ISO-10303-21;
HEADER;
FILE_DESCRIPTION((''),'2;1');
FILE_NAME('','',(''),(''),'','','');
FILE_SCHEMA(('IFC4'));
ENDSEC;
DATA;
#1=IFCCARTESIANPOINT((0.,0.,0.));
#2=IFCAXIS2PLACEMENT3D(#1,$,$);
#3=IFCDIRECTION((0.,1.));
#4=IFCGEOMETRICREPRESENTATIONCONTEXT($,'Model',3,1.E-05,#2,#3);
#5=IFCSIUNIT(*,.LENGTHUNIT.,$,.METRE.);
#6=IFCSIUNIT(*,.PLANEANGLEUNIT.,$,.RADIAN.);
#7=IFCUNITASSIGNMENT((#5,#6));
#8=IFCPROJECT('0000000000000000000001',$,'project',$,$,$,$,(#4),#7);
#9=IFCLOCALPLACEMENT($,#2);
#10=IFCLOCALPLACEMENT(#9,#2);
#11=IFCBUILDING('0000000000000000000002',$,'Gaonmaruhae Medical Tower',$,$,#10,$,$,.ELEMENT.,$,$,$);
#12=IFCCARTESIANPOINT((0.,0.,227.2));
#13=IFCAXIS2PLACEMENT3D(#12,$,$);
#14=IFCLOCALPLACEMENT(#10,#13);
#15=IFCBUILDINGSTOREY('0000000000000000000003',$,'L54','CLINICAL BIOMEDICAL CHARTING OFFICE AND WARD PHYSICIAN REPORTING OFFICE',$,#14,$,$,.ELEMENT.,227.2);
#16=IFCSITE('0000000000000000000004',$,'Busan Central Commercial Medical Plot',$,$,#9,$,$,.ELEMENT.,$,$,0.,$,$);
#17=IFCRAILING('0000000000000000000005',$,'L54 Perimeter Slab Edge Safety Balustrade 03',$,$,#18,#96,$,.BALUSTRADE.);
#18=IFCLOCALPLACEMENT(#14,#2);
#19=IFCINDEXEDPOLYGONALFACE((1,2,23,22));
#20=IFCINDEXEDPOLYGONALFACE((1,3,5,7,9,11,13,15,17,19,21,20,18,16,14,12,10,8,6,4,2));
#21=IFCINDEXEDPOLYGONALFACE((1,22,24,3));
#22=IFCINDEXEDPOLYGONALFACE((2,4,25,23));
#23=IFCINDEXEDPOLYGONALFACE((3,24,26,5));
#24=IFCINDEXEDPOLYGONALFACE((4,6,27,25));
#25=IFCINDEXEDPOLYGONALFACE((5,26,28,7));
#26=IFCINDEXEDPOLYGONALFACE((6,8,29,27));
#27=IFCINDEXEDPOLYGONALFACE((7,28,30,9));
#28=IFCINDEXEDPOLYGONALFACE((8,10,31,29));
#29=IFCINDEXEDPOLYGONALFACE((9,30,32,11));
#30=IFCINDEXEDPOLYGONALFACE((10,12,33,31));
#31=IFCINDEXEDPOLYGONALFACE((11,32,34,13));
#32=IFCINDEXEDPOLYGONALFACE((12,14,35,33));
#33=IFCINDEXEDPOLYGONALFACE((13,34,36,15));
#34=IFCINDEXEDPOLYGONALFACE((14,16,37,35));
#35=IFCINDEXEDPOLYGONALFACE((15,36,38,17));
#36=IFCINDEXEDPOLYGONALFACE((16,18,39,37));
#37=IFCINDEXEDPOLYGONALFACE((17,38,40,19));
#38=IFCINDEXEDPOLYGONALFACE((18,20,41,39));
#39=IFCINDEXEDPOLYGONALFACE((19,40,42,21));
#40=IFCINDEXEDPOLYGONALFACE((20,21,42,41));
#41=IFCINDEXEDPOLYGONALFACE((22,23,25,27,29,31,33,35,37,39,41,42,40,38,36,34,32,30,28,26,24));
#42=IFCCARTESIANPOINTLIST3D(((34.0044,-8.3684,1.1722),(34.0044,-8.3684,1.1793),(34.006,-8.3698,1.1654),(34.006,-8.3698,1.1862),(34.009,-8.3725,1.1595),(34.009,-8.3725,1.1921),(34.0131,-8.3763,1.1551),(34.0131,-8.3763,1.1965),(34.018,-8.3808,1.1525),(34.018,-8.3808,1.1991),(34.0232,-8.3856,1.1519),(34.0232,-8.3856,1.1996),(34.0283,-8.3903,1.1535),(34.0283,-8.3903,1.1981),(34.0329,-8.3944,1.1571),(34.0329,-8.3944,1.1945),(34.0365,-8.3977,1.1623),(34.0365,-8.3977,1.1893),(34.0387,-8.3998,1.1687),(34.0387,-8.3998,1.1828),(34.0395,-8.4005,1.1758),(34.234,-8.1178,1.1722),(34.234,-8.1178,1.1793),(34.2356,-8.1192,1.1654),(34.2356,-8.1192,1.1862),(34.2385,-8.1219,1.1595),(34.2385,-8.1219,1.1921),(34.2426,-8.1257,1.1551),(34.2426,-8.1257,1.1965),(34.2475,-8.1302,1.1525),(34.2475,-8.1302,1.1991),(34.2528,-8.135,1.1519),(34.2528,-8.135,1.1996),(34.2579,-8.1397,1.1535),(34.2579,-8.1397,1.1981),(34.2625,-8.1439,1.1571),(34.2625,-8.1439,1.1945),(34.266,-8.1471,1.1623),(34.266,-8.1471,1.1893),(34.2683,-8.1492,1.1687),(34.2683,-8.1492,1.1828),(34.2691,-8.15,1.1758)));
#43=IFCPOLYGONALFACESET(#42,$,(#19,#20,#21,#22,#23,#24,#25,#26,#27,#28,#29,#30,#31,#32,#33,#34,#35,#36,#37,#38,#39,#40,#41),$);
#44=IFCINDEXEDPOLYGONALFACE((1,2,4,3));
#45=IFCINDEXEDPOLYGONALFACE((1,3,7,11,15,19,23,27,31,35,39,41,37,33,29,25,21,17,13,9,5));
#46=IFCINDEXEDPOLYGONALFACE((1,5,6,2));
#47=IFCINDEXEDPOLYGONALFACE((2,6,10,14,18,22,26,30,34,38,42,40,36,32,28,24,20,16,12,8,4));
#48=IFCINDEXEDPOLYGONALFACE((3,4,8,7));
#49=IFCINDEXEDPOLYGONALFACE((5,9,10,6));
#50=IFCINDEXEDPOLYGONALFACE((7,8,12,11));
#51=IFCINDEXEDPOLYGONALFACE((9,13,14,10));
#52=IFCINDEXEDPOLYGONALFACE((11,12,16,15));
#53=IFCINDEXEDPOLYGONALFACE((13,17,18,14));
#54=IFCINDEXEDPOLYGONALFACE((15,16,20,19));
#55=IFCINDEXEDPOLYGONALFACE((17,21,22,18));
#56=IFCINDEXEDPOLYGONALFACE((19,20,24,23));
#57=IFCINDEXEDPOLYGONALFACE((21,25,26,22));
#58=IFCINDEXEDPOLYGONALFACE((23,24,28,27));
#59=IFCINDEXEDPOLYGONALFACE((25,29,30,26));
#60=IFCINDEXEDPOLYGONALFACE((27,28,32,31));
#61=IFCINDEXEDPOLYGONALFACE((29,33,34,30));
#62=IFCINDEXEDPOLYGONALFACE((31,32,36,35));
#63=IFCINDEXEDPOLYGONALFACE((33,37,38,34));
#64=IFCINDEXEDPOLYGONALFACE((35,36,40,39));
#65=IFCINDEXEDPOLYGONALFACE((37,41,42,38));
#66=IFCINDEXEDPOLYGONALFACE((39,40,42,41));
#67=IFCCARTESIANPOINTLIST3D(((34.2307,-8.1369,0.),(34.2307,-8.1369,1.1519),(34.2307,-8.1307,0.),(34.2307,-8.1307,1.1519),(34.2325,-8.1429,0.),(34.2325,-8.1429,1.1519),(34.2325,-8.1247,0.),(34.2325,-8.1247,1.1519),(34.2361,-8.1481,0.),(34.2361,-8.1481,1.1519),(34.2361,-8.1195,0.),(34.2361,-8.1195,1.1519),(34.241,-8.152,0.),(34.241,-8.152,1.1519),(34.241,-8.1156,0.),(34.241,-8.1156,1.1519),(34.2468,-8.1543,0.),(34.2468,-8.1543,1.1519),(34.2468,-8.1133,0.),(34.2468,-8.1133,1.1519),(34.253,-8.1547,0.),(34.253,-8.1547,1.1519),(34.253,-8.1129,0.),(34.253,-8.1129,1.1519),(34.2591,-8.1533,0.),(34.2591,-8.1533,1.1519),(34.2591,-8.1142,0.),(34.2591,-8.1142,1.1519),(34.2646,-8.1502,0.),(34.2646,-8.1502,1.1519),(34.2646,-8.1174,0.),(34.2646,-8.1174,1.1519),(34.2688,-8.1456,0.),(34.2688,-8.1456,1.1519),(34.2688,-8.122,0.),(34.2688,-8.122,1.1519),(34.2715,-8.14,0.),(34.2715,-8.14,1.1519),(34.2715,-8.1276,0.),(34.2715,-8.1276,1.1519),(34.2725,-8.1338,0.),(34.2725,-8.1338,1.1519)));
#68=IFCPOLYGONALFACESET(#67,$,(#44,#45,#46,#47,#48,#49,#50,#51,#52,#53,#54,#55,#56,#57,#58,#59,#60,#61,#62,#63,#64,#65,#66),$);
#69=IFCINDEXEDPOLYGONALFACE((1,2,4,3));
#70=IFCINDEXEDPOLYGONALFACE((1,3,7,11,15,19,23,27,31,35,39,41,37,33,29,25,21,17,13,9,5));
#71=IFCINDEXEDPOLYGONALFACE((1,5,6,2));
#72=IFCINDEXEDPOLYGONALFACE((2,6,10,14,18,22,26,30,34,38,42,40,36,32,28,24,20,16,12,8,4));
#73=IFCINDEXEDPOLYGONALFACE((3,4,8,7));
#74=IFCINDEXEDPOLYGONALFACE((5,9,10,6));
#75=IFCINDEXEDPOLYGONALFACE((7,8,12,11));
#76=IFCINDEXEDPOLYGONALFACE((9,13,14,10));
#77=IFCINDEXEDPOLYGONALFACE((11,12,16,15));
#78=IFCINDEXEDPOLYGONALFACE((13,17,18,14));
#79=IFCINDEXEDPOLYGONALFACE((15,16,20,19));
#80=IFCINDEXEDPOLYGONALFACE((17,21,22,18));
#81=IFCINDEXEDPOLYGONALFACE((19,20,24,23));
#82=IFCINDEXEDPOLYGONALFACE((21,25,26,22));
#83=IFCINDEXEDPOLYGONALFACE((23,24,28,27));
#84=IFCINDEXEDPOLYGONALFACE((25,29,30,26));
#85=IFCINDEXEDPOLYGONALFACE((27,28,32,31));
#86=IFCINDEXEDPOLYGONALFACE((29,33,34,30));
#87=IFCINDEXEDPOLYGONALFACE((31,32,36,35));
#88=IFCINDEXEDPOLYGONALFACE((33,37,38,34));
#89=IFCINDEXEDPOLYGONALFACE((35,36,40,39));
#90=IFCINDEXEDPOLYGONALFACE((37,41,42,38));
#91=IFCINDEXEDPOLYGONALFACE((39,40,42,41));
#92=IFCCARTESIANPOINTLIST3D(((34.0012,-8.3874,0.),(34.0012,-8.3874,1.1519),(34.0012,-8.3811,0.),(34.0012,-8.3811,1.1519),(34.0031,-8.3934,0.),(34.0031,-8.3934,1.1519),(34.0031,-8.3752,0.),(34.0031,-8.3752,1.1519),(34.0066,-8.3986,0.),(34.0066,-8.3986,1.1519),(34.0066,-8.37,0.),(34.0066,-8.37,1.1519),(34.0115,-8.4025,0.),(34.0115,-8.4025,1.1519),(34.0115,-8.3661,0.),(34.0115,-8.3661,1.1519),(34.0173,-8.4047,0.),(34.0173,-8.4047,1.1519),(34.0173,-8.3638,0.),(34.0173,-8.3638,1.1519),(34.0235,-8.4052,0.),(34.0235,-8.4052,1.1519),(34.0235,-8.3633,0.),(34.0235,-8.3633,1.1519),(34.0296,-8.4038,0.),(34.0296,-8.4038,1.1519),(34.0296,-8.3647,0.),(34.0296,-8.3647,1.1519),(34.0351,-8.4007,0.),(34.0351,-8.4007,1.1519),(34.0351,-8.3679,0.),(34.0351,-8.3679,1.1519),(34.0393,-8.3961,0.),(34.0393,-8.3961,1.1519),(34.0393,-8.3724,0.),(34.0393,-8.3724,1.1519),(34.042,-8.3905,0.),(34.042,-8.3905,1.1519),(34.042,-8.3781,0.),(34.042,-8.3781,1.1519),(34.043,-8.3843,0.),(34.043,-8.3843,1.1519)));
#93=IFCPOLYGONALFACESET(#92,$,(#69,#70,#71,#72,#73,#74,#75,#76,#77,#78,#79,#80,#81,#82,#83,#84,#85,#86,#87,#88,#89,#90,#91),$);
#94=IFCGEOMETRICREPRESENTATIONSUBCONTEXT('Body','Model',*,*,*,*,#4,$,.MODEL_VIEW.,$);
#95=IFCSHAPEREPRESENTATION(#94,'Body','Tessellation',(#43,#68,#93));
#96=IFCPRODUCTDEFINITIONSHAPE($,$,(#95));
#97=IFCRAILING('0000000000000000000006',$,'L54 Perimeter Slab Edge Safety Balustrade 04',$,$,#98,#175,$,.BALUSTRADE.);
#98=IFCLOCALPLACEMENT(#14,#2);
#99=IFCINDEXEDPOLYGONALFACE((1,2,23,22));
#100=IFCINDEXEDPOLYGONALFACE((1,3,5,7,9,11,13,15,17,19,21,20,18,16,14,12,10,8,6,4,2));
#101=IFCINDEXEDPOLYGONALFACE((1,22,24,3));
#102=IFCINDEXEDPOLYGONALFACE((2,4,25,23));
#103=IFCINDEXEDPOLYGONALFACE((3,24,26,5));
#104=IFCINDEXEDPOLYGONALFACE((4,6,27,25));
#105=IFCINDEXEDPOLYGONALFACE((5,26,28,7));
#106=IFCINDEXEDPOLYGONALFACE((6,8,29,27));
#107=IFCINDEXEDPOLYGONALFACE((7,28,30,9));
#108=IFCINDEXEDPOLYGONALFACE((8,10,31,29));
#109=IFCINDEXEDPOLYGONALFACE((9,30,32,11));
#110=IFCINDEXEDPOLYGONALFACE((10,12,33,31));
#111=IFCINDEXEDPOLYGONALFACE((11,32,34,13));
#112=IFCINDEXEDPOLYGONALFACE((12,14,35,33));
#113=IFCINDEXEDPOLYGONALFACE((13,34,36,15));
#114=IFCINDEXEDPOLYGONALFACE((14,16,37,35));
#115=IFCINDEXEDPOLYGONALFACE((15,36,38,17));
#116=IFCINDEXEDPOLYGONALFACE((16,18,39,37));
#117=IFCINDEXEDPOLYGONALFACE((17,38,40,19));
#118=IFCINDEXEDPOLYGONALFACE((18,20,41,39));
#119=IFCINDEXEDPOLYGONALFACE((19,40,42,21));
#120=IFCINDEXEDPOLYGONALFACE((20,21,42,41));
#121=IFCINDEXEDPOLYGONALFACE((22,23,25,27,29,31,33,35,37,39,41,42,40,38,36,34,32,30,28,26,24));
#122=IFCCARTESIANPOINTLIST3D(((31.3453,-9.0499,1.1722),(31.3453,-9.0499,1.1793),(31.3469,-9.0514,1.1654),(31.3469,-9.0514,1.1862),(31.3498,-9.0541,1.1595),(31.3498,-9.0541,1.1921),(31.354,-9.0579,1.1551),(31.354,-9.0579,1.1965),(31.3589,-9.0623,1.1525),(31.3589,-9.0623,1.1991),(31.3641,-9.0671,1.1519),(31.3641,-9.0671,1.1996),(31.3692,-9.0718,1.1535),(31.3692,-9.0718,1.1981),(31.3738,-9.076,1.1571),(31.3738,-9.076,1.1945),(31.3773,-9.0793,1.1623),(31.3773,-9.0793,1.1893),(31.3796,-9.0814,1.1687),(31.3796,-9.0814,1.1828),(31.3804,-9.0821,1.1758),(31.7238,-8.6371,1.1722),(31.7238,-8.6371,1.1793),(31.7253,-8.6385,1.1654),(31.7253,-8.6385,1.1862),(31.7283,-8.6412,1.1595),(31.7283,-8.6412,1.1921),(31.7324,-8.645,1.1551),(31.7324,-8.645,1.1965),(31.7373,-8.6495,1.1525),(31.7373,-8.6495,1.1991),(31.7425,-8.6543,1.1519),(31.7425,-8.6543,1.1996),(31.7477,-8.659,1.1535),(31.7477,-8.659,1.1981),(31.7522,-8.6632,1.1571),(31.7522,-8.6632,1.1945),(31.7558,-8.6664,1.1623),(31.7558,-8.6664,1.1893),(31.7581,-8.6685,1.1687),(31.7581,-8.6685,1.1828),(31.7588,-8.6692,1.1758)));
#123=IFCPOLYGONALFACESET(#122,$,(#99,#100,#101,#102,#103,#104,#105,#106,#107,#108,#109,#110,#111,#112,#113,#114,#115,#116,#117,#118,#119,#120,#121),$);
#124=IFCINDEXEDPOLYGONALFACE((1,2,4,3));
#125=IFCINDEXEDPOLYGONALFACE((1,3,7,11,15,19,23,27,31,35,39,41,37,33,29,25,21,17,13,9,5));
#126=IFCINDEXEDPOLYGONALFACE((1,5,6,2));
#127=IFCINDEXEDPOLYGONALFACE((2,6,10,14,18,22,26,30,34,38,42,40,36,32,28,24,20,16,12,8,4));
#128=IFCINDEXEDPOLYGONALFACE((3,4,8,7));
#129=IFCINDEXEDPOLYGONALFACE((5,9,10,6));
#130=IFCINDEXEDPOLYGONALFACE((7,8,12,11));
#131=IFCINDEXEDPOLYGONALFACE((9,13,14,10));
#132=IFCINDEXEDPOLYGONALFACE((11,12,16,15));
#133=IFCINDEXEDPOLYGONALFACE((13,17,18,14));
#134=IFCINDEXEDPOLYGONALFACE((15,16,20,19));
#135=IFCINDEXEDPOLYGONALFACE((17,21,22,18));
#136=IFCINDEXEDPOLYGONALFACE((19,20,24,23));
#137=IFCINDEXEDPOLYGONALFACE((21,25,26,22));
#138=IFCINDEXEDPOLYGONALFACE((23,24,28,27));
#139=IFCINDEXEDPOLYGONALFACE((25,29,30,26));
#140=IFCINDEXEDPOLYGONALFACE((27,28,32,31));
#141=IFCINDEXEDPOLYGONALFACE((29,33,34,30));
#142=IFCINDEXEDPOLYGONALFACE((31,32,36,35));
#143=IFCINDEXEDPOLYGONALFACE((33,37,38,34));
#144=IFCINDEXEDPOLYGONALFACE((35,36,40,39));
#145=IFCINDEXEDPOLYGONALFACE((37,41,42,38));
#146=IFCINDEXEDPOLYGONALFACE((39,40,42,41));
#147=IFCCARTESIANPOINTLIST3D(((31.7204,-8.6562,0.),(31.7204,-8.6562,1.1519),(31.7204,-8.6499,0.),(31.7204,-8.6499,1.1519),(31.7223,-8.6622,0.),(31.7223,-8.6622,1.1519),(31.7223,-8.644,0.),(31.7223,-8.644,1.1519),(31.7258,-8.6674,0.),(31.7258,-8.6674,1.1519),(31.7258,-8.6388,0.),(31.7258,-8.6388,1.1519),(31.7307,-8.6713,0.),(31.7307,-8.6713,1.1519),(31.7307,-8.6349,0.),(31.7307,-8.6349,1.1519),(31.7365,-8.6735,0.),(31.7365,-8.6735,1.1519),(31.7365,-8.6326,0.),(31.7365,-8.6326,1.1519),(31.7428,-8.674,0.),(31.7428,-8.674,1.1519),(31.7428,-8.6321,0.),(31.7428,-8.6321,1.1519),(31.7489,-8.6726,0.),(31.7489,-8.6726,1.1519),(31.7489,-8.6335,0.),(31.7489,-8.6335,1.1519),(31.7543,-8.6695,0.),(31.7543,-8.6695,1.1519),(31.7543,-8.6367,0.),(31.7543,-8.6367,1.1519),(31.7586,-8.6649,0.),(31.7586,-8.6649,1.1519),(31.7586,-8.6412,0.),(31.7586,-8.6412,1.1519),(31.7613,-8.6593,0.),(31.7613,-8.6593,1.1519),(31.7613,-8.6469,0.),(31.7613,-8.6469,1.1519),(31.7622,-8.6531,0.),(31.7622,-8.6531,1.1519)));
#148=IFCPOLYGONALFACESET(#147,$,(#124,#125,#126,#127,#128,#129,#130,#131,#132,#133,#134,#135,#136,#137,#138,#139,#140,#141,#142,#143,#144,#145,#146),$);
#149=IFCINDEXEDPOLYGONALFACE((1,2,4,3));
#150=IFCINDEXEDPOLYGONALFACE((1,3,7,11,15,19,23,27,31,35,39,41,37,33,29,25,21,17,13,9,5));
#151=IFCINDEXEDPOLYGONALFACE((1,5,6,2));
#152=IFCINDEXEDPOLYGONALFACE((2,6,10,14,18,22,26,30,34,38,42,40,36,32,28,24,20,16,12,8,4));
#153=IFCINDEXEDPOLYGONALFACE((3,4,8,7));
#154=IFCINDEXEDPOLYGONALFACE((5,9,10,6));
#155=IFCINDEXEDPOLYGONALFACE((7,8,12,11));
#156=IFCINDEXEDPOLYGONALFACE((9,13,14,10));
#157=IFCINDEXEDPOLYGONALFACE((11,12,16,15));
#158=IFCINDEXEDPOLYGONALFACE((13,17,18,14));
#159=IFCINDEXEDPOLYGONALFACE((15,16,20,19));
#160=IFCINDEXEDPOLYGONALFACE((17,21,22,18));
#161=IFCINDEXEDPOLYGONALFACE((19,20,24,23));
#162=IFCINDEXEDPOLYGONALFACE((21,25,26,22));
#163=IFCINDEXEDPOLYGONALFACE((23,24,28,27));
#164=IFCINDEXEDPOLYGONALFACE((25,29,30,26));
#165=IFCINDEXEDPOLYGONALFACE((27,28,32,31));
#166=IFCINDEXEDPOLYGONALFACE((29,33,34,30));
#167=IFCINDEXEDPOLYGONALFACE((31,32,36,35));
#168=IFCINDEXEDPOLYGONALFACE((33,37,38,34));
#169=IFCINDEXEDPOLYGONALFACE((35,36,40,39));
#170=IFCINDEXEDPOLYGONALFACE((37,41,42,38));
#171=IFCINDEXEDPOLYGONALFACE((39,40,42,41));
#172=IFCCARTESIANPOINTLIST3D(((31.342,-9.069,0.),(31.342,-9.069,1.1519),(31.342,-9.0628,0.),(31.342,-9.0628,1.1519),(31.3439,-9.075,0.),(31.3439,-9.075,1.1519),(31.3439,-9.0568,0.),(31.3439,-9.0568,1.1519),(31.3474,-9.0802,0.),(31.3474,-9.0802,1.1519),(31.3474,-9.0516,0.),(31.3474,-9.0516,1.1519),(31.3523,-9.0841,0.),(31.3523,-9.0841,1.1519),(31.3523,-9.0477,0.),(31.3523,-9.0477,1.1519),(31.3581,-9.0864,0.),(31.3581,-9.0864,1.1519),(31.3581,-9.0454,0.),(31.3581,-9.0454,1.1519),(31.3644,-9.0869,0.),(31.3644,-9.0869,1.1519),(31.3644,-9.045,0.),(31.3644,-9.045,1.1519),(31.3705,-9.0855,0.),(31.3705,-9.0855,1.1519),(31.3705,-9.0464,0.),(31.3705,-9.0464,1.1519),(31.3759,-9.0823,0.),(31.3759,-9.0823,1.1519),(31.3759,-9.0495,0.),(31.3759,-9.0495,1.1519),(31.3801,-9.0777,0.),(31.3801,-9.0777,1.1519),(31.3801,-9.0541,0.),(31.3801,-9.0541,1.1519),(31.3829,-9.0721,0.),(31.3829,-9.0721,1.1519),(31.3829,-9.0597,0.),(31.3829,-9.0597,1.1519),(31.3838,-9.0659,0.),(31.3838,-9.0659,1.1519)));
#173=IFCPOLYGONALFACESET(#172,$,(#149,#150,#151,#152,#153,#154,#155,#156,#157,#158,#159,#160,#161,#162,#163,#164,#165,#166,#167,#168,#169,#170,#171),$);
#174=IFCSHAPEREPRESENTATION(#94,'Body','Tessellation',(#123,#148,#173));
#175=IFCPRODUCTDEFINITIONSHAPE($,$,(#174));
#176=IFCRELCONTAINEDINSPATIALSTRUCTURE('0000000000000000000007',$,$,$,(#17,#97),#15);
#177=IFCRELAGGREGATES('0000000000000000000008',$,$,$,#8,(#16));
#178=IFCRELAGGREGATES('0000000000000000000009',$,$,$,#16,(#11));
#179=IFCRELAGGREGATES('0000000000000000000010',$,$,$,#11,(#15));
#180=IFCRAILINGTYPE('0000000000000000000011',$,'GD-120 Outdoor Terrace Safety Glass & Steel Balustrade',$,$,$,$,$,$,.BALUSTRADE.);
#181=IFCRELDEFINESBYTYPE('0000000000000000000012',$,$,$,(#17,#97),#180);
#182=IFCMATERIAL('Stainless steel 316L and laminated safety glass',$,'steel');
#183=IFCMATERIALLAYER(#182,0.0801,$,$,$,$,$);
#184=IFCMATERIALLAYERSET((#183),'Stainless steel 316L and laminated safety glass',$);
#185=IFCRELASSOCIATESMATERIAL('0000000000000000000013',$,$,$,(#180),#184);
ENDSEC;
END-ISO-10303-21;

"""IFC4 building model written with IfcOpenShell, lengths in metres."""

from ifc_helpers import new_model, si_unit, direction, frame, origin, origin_2d, place, context, subcontext, project, spatial, circle, extrude, material, layer, layer_set, type_object, element, save


model = new_model("IFC4")

# Units and contexts
model_context = context("Model", 3, precision=1e-05, world=origin(), true_north=direction((0.0, 1.0)))
body_context = subcontext(model_context, "Body", "Model", "MODEL_VIEW")
ifc_project = project(units=[si_unit("LENGTHUNIT", "METRE"), si_unit("PLANEANGLEUNIT", "RADIAN")], contexts=[model_context])

# Site, building, storey
site_placement = place(None, origin())
site = spatial("IfcSite", under=ifc_project, at=site_placement, Name="Busan Central Commercial Medical Plot", CompositionType="ELEMENT", RefElevation=0.0)
building_placement = place(site_placement, origin())
building = spatial("IfcBuilding", under=site, at=building_placement, Name="Gaonmaruhae Medical Tower", CompositionType="ELEMENT")
storey_placement = place(building_placement, frame((0.0, 0.0, 227.2)))
storey = spatial("IfcBuildingStorey", under=building, at=storey_placement, Name="L54", Description="CLINICAL BIOMEDICAL CHARTING OFFICE AND WARD PHYSICIAN REPORTING OFFICE", CompositionType="ELEMENT", Elevation=227.2)

# Railings
ifc_material_1 = material(Name="Stainless steel 316L and laminated safety glass", Category="steel")
ifc_layer_1 = layer(ifc_material_1, 0.0801)
ifc_layer_set_1 = layer_set([ifc_layer_1], Name="Stainless steel 316L and laminated safety glass")
railing_type = type_object("IfcRailingType", Name="GD-120 Outdoor Terrace Safety Glass & Steel Balustrade", PredefinedType="BALUSTRADE", material=ifc_layer_set_1)
railing_1_placement = place(storey_placement, frame((34.2515, -8.1338, 0.0)))
element("IfcRailing", 1, at=railing_1_placement, inside=storey, type_object=railing_type, Name="L54 Perimeter Slab Edge Safety Balustrade 03", PredefinedType="BALUSTRADE", context=body_context, shape_type="SweptSolid", body=[
    extrude(circle(Radius=0.0239, at=origin_2d()), frame((0.0, 0.0, 1.1758), z_axis=(-0.675529, -0.737333, 0.0), x_axis=(0.737333, -0.675529, 0.0)), (0.0, 0.0, 1.0), 0.3398),
    extrude(circle(Radius=0.021, at=origin_2d()), origin(), (0.0, 0.0, 1.0), 1.1519),
    extrude(circle(Radius=0.021, at=origin_2d()), frame((-0.2295, -0.2505, 0.0)), (0.0, 0.0, 1.0), 1.1519),
])
railing_2_placement = place(storey_placement, frame((31.7412, -8.6531, 0.0)))
element("IfcRailing", 2, at=railing_2_placement, inside=storey, type_object=railing_type, Name="L54 Perimeter Slab Edge Safety Balustrade 04", PredefinedType="BALUSTRADE", context=body_context, shape_type="SweptSolid", body=[
    extrude(circle(Radius=0.0239, at=origin_2d()), frame((0.0, 0.0, 1.1758), z_axis=(-0.675705, -0.737172, 0.0), x_axis=(0.737172, -0.675705, 0.0)), (0.0, 0.0, 1.0), 0.5601),
    extrude(circle(Radius=0.021, at=origin_2d()), origin(), (0.0, 0.0, 1.0), 1.1519),
    extrude(circle(Radius=0.021, at=origin_2d()), frame((-0.3784, -0.4128, 0.0)), (0.0, 0.0, 1.0), 1.1519),
])

save(model, "model.ifc")
